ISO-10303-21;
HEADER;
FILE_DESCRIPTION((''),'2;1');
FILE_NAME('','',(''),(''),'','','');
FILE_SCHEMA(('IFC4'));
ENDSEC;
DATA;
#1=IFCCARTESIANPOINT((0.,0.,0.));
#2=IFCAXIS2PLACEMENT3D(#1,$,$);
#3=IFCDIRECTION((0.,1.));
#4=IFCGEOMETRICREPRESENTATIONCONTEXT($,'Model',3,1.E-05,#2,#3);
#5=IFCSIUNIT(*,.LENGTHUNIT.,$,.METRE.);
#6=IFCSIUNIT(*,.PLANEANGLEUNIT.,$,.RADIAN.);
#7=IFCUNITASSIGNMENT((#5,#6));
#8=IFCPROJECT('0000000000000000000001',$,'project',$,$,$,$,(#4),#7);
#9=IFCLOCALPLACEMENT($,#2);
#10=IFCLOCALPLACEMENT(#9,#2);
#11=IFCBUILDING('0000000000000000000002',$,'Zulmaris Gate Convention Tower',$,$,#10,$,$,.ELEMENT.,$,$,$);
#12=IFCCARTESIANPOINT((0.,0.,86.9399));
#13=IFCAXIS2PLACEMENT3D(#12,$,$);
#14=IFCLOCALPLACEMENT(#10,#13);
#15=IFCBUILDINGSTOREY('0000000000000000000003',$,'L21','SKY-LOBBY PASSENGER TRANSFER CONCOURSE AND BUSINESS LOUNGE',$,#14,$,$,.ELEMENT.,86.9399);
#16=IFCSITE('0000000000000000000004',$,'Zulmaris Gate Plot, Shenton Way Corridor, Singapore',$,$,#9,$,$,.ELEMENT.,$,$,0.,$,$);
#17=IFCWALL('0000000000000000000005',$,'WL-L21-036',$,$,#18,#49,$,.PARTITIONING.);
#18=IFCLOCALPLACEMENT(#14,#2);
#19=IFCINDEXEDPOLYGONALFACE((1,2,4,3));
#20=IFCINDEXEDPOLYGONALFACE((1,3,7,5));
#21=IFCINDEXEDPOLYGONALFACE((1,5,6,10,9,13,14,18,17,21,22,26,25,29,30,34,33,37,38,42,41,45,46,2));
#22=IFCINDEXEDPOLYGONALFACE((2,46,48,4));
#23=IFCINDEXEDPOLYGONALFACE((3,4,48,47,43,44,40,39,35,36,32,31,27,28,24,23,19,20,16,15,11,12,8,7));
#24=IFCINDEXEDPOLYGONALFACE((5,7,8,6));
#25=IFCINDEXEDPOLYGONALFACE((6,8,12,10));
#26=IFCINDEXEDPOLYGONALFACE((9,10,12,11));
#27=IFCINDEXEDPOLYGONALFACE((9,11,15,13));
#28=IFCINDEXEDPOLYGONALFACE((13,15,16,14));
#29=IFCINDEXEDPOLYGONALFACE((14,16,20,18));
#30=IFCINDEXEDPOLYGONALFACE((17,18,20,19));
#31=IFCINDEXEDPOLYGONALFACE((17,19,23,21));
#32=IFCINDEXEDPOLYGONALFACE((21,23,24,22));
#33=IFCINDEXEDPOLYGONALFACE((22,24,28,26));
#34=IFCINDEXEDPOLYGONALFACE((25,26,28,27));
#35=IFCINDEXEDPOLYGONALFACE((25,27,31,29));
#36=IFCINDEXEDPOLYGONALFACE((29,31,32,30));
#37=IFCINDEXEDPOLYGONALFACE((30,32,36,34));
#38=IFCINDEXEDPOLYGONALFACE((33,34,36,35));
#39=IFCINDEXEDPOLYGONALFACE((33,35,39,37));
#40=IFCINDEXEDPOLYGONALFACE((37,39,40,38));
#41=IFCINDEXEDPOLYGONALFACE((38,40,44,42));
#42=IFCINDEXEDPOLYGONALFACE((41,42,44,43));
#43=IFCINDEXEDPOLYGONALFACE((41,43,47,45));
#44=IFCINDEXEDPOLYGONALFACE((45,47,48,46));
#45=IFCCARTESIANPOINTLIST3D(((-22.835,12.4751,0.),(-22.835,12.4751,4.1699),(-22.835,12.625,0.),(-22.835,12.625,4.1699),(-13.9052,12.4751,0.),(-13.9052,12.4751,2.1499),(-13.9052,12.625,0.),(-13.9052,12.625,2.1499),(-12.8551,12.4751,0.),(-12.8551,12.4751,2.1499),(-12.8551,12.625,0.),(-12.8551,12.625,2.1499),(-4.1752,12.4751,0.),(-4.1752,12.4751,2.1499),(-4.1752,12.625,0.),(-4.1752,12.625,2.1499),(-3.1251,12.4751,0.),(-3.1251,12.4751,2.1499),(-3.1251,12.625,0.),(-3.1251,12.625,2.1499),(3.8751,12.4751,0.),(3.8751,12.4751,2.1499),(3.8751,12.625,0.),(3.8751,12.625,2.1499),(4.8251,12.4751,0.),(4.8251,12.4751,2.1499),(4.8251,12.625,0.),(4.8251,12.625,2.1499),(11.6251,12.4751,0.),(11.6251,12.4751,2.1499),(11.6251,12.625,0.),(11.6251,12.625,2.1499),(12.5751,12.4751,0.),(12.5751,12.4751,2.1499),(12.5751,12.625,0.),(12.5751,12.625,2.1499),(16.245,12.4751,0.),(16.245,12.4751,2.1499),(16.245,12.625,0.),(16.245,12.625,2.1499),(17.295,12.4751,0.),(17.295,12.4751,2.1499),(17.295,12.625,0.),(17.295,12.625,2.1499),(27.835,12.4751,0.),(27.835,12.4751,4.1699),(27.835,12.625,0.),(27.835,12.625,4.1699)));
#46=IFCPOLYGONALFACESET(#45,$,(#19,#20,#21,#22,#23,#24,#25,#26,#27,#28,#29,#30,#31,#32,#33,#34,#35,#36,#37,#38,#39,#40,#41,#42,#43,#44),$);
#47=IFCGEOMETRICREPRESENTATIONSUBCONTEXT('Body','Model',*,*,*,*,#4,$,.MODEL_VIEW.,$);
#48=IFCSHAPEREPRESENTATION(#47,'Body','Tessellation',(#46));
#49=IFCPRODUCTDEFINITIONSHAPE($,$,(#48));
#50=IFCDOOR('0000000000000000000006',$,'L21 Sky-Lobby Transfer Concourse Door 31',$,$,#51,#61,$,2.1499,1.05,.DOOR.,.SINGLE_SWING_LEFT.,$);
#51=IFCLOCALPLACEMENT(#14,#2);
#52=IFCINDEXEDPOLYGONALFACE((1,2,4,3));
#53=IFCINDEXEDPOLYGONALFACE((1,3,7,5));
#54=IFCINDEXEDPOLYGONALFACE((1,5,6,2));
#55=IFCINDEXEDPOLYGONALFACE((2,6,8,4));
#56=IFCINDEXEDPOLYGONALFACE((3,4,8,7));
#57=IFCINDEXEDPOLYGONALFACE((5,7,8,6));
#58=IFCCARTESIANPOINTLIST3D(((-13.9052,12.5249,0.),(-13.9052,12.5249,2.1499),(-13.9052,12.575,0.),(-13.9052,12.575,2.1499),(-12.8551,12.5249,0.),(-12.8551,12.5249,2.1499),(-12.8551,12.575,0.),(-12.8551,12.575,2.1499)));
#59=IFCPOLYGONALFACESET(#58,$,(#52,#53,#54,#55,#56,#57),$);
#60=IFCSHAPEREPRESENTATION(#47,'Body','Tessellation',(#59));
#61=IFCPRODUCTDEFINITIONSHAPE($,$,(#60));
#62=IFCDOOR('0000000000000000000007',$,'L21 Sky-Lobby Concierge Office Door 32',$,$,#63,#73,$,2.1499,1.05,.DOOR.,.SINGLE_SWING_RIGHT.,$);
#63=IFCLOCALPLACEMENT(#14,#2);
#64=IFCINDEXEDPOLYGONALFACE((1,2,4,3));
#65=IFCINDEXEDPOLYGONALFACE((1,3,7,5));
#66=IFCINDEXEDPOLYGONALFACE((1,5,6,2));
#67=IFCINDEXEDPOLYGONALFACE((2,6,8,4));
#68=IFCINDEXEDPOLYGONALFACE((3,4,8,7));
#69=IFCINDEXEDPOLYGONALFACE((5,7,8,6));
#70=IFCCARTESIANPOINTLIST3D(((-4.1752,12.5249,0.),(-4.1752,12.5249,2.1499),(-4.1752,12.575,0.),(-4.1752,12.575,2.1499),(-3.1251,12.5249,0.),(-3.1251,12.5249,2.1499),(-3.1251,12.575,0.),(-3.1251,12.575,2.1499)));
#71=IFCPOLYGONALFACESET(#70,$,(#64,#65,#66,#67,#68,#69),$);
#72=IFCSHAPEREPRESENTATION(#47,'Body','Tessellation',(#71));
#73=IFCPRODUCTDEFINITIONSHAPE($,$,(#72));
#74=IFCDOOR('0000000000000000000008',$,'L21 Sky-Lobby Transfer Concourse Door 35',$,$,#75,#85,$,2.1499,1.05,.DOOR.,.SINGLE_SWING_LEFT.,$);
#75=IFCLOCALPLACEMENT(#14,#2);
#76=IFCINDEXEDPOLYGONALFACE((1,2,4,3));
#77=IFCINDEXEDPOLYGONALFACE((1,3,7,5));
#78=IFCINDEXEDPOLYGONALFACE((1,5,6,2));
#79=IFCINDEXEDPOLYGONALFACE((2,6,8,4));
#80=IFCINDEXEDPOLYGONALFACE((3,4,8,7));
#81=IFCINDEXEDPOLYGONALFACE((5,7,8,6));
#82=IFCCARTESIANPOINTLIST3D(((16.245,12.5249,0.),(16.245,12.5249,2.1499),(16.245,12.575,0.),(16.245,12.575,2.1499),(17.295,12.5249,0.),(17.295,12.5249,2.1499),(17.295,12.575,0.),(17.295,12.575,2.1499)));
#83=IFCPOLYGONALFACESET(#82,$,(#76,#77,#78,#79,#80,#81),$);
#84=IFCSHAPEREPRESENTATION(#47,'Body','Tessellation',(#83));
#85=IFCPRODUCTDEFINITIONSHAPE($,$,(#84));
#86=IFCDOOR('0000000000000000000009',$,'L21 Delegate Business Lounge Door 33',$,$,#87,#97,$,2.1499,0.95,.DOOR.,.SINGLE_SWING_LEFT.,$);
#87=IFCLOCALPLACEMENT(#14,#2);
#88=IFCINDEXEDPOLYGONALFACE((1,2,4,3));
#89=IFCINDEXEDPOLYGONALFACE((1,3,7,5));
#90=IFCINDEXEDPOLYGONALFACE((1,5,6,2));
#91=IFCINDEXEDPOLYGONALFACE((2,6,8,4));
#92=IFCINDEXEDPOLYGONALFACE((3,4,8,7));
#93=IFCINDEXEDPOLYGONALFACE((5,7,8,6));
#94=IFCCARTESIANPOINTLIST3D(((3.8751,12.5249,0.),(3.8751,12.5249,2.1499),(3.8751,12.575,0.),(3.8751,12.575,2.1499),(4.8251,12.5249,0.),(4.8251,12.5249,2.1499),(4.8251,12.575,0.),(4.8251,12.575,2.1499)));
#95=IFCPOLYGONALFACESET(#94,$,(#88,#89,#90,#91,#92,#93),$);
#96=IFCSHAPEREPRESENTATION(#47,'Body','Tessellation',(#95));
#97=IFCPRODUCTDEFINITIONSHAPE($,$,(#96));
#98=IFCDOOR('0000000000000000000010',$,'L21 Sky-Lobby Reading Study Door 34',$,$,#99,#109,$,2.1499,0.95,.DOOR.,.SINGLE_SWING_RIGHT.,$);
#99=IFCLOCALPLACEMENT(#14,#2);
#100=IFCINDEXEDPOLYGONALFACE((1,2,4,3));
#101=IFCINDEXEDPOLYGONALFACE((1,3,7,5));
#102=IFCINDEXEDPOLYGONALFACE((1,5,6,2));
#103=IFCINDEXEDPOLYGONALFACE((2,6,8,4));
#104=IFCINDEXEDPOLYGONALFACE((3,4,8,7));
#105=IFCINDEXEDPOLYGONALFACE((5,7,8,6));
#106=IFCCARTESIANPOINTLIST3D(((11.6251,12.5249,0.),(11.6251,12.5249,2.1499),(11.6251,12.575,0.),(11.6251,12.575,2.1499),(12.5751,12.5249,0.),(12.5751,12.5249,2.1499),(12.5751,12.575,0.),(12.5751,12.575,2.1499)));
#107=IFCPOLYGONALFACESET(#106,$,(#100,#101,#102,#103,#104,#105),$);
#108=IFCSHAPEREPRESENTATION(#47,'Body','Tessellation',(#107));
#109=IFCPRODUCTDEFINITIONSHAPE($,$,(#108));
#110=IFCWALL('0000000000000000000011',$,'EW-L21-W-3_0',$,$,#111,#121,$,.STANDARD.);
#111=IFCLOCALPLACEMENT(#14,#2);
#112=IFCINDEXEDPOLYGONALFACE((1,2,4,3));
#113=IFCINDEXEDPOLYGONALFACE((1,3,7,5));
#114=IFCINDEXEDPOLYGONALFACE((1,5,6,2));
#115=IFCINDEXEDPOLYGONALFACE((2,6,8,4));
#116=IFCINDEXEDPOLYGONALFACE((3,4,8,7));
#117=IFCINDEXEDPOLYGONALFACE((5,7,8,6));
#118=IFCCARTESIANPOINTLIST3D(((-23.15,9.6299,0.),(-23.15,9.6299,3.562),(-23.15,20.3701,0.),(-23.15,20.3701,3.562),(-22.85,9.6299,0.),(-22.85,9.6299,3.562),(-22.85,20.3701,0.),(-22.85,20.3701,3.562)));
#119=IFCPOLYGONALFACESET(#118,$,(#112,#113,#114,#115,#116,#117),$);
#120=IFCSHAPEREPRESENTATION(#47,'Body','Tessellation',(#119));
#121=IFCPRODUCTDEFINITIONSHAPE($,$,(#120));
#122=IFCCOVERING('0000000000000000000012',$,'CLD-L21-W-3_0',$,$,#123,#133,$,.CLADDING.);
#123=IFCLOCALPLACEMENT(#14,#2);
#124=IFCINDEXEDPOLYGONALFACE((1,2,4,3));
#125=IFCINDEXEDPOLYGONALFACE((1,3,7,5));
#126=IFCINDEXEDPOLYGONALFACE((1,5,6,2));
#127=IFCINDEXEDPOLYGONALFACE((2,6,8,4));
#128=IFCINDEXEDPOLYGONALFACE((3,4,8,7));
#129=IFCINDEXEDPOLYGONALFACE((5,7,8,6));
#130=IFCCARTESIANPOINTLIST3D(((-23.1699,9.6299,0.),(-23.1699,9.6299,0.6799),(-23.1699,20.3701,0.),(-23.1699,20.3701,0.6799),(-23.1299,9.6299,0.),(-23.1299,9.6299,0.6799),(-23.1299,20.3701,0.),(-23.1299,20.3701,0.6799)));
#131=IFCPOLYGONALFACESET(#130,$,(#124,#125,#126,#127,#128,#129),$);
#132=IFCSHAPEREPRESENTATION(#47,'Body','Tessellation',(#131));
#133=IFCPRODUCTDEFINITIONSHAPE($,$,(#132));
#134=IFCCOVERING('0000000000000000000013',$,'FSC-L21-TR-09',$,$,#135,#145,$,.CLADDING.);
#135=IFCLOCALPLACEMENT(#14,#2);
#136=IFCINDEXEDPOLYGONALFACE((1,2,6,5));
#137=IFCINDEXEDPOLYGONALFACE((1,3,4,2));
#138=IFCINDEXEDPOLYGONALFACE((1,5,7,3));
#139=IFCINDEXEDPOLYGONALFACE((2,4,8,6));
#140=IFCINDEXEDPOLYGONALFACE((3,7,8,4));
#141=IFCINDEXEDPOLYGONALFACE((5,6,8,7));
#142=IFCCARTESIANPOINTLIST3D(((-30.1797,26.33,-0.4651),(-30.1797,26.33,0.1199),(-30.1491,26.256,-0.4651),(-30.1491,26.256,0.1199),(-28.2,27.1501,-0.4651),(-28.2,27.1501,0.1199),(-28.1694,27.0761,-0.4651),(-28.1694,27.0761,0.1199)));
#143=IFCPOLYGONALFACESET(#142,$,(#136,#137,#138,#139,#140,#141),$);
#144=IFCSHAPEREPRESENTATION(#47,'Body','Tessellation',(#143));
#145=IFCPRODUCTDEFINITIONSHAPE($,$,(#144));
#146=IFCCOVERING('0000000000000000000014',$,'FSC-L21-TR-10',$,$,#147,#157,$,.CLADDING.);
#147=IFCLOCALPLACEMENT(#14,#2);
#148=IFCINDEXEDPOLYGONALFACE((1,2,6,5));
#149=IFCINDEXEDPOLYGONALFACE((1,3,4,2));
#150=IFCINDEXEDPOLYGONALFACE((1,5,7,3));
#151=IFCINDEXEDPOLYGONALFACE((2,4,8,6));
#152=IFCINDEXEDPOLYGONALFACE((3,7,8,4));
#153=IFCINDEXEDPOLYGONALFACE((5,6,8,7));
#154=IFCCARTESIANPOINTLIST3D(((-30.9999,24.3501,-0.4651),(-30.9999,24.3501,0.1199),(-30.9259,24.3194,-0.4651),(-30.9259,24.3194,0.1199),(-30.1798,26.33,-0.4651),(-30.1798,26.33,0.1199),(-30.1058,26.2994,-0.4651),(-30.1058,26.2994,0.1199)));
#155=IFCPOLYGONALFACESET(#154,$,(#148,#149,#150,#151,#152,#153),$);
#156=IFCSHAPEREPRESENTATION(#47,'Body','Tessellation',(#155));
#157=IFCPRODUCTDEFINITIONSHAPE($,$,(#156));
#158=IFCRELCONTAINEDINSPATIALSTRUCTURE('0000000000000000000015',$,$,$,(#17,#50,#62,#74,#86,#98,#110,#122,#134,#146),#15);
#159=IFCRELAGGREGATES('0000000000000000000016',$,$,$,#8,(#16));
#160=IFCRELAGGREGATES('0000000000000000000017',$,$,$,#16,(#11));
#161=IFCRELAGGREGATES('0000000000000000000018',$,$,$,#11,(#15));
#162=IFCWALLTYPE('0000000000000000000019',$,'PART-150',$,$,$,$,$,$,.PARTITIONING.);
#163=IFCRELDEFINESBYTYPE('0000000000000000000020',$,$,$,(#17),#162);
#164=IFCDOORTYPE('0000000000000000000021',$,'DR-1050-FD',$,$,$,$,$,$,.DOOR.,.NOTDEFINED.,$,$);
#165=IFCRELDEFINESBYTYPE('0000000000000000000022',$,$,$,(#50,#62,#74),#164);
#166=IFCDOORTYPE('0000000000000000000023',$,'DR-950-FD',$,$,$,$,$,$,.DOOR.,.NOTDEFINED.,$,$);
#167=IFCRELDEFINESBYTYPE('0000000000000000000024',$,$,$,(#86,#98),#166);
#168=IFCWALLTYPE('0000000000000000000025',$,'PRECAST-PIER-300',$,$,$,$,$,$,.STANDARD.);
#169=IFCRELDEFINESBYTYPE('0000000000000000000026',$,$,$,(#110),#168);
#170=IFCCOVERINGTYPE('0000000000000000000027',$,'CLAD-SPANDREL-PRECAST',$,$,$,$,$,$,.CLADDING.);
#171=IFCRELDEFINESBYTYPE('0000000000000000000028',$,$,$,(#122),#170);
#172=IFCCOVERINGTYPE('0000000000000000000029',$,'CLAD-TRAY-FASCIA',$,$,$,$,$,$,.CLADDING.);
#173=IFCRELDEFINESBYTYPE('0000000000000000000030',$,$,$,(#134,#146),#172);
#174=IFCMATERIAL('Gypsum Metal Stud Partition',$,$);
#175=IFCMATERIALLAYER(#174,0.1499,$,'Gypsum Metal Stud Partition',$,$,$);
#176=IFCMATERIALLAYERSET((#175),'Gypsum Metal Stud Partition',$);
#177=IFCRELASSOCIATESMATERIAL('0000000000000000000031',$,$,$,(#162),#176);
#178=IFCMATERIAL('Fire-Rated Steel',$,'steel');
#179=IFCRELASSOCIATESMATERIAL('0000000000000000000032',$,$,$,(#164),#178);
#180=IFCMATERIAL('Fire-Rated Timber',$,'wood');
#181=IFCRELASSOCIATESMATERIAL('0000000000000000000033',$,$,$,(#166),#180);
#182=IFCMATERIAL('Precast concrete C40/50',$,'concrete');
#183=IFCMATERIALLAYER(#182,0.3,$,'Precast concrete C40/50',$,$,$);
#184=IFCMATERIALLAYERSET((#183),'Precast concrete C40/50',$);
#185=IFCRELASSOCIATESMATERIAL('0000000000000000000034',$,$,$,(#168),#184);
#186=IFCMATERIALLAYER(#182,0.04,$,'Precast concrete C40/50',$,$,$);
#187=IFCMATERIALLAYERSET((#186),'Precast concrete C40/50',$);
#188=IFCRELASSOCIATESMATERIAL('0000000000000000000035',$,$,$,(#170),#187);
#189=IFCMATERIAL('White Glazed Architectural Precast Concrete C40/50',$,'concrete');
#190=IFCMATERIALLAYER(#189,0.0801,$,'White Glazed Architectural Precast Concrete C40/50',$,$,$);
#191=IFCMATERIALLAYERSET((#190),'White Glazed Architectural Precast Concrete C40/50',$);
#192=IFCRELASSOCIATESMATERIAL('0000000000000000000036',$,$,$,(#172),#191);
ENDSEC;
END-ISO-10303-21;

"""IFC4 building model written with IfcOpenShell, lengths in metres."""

from ifc_helpers import new_model, si_unit, direction, frame, frame_2d, origin, place, context, subcontext, project, spatial, rectangle, extrude, material, layer, layer_set, type_object, element, fill, save


model = new_model("IFC4")

# Units and contexts
model_context = context("Model", 3, precision=1e-05, world=origin(), true_north=direction((0.0, 1.0)))
body_context = subcontext(model_context, "Body", "Model", "MODEL_VIEW")
ifc_project = project(units=[si_unit("LENGTHUNIT", "METRE"), si_unit("PLANEANGLEUNIT", "RADIAN")], contexts=[model_context])

# Site, building, storey
site_placement = place(None, origin())
site = spatial("IfcSite", under=ifc_project, at=site_placement, Name="Zulmaris Gate Plot, Shenton Way Corridor, Singapore", CompositionType="ELEMENT", RefElevation=0.0)
building_placement = place(site_placement, origin())
building = spatial("IfcBuilding", under=site, at=building_placement, Name="Zulmaris Gate Convention Tower", CompositionType="ELEMENT")
storey_placement = place(building_placement, frame((0.0, 0.0, 86.9399)))
storey = spatial("IfcBuildingStorey", under=building, at=storey_placement, Name="L21", Description="SKY-LOBBY PASSENGER TRANSFER CONCOURSE AND BUSINESS LOUNGE", CompositionType="ELEMENT", Elevation=86.9399)

# Shared definitions
ifc_material_1 = material(Name="Gypsum Metal Stud Partition")
ifc_layer_1 = layer(ifc_material_1, 0.1499, Name="Gypsum Metal Stud Partition")
ifc_layer_set_1 = layer_set([ifc_layer_1], Name="Gypsum Metal Stud Partition")
wall_type_1 = type_object("IfcWallType", Name="PART-150", PredefinedType="PARTITIONING", material=ifc_layer_set_1)
ifc_material_2 = material(Name="Fire-Rated Timber", Category="wood")

# Wall, openings, doors
wall_1_placement = place(storey_placement, frame((-22.835, 12.55, 0.0), z_axis=(0.0, 0.0, 1.0), x_axis=(1.0, 0.0, 0.0)))
wall_1 = element("IfcWall", 1, at=wall_1_placement, inside=storey, type_object=wall_type_1, Name="WL-L21-036", PredefinedType="PARTITIONING", context=body_context, shape_type="SweptSolid", body=[
    extrude(rectangle(XDim=50.6699, YDim=0.1499, at=frame_2d((25.335, 0.0))), origin(), (0.0, 0.0, 1.0), 4.1699),
])
opening_1_placement = place(wall_1_placement, frame((8.9299, 0.0, 0.0)))
opening_1 = element("IfcOpeningElement", 2, at=opening_1_placement, cuts=wall_1, PredefinedType="OPENING", context=body_context, shape_type="SweptSolid", body=[
    extrude(rectangle(XDim=1.05, YDim=2.1499, at=frame_2d((0.5249, 1.075))), frame((0.0, 0.085, 0.0), z_axis=(0.0, -1.0, 0.0), x_axis=(1.0, 0.0, 0.0)), (0.0, 0.0, 1.0), 0.1699),
])
opening_2_placement = place(wall_1_placement, frame((18.6599, 0.0, 0.0)))
opening_2 = element("IfcOpeningElement", 3, at=opening_2_placement, cuts=wall_1, PredefinedType="OPENING", context=body_context, shape_type="SweptSolid", body=[
    extrude(rectangle(XDim=1.05, YDim=2.1499, at=frame_2d((0.5249, 1.075))), frame((0.0, 0.085, 0.0), z_axis=(0.0, -1.0, 0.0), x_axis=(1.0, 0.0, 0.0)), (0.0, 0.0, 1.0), 0.1699),
])
opening_3_placement = place(wall_1_placement, frame((26.71, 0.0, 0.0)))
opening_3 = element("IfcOpeningElement", 4, at=opening_3_placement, cuts=wall_1, PredefinedType="OPENING", context=body_context, shape_type="SweptSolid", body=[
    extrude(rectangle(XDim=0.95, YDim=2.1499, at=frame_2d((0.4751, 1.075))), frame((0.0, 0.085, 0.0), z_axis=(0.0, -1.0, 0.0), x_axis=(1.0, 0.0, 0.0)), (0.0, 0.0, 1.0), 0.1699),
])
opening_4_placement = place(wall_1_placement, frame((34.46, 0.0, 0.0)))
opening_4 = element("IfcOpeningElement", 5, at=opening_4_placement, cuts=wall_1, PredefinedType="OPENING", context=body_context, shape_type="SweptSolid", body=[
    extrude(rectangle(XDim=0.95, YDim=2.1499, at=frame_2d((0.4751, 1.075))), frame((0.0, 0.085, 0.0), z_axis=(0.0, -1.0, 0.0), x_axis=(1.0, 0.0, 0.0)), (0.0, 0.0, 1.0), 0.1699),
])
opening_5_placement = place(wall_1_placement, frame((39.0801, 0.0, 0.0)))
opening_5 = element("IfcOpeningElement", 6, at=opening_5_placement, cuts=wall_1, PredefinedType="OPENING", context=body_context, shape_type="SweptSolid", body=[
    extrude(rectangle(XDim=1.05, YDim=2.1499, at=frame_2d((0.5249, 1.075))), frame((0.0, 0.085, 0.0), z_axis=(0.0, -1.0, 0.0), x_axis=(1.0, 0.0, 0.0)), (0.0, 0.0, 1.0), 0.1699),
])
ifc_material_3 = material(Name="Fire-Rated Steel", Category="steel")
door_type_1 = type_object("IfcDoorType", Name="DR-1050-FD", OperationType="NOTDEFINED", PredefinedType="DOOR", material=ifc_material_3)
door_1_placement = place(opening_1_placement, origin())
door_1 = element("IfcDoor", 7, at=door_1_placement, inside=storey, type_object=door_type_1, Name="L21 Sky-Lobby Transfer Concourse Door 31", OperationType="SINGLE_SWING_LEFT", OverallHeight=2.1499, OverallWidth=1.05, PredefinedType="DOOR", context=body_context, shape_type="SweptSolid", body=[
    extrude(rectangle(XDim=1.05, YDim=2.1499, at=frame_2d((0.5249, 1.075))), frame((0.0, 0.0249, 0.0), z_axis=(0.0, -1.0, 0.0), x_axis=(1.0, 0.0, 0.0)), (0.0, 0.0, 1.0), 0.05),
])
fill(opening_1, door_1)
door_2_placement = place(opening_2_placement, origin())
door_2 = element("IfcDoor", 8, at=door_2_placement, inside=storey, type_object=door_type_1, Name="L21 Sky-Lobby Concierge Office Door 32", OperationType="SINGLE_SWING_RIGHT", OverallHeight=2.1499, OverallWidth=1.05, PredefinedType="DOOR", context=body_context, shape_type="SweptSolid", body=[
    extrude(rectangle(XDim=1.05, YDim=2.1499, at=frame_2d((0.5249, 1.075))), frame((0.0, 0.0249, 0.0), z_axis=(0.0, -1.0, 0.0), x_axis=(1.0, 0.0, 0.0)), (0.0, 0.0, 1.0), 0.05),
])
fill(opening_2, door_2)
door_3_placement = place(opening_5_placement, origin())
door_3 = element("IfcDoor", 9, at=door_3_placement, inside=storey, type_object=door_type_1, Name="L21 Sky-Lobby Transfer Concourse Door 35", OperationType="SINGLE_SWING_LEFT", OverallHeight=2.1499, OverallWidth=1.05, PredefinedType="DOOR", context=body_context, shape_type="SweptSolid", body=[
    extrude(rectangle(XDim=1.05, YDim=2.1499, at=frame_2d((0.5249, 1.075))), frame((0.0, 0.0249, 0.0), z_axis=(0.0, -1.0, 0.0), x_axis=(1.0, 0.0, 0.0)), (0.0, 0.0, 1.0), 0.05),
])
fill(opening_5, door_3)
door_type_2 = type_object("IfcDoorType", Name="DR-950-FD", OperationType="NOTDEFINED", PredefinedType="DOOR", material=ifc_material_2)
door_4_placement = place(opening_3_placement, origin())
door_4 = element("IfcDoor", 10, at=door_4_placement, inside=storey, type_object=door_type_2, Name="L21 Delegate Business Lounge Door 33", OperationType="SINGLE_SWING_LEFT", OverallHeight=2.1499, OverallWidth=0.95, PredefinedType="DOOR", context=body_context, shape_type="SweptSolid", body=[
    extrude(rectangle(XDim=0.95, YDim=2.1499, at=frame_2d((0.4751, 1.075))), frame((0.0, 0.0249, 0.0), z_axis=(0.0, -1.0, 0.0), x_axis=(1.0, 0.0, 0.0)), (0.0, 0.0, 1.0), 0.05),
])
fill(opening_3, door_4)
door_5_placement = place(opening_4_placement, origin())
door_5 = element("IfcDoor", 11, at=door_5_placement, inside=storey, type_object=door_type_2, Name="L21 Sky-Lobby Reading Study Door 34", OperationType="SINGLE_SWING_RIGHT", OverallHeight=2.1499, OverallWidth=0.95, PredefinedType="DOOR", context=body_context, shape_type="SweptSolid", body=[
    extrude(rectangle(XDim=0.95, YDim=2.1499, at=frame_2d((0.4751, 1.075))), frame((0.0, 0.0249, 0.0), z_axis=(0.0, -1.0, 0.0), x_axis=(1.0, 0.0, 0.0)), (0.0, 0.0, 1.0), 0.05),
])
fill(opening_4, door_5)

# Wall
ifc_material_4 = material(Name="Precast concrete C40/50", Category="concrete")
ifc_layer_2 = layer(ifc_material_4, 0.3, Name="Precast concrete C40/50")
ifc_layer_set_2 = layer_set([ifc_layer_2], Name="Precast concrete C40/50")
wall_type_2 = type_object("IfcWallType", Name="PRECAST-PIER-300", PredefinedType="STANDARD", material=ifc_layer_set_2)
wall_2_placement = place(storey_placement, frame((-23.0, 20.3701, 0.0), z_axis=(0.0, 0.0, 1.0), x_axis=(0.0, -1.0, 0.0)))
element("IfcWall", 12, at=wall_2_placement, inside=storey, type_object=wall_type_2, Name="EW-L21-W-3_0", PredefinedType="STANDARD", context=body_context, shape_type="SweptSolid", body=[
    extrude(rectangle(XDim=10.7402, YDim=0.3, at=frame_2d((5.3701, 0.0))), origin(), (0.0, 0.0, 1.0), 3.562),
])

# Coverings
ifc_layer_3 = layer(ifc_material_4, 0.04, Name="Precast concrete C40/50")
ifc_layer_set_3 = layer_set([ifc_layer_3], Name="Precast concrete C40/50")
covering_type_1 = type_object("IfcCoveringType", Name="CLAD-SPANDREL-PRECAST", PredefinedType="CLADDING", material=ifc_layer_set_3)
covering_1_placement = place(storey_placement, frame((-23.1499, 20.3701, 0.0), z_axis=(0.0, 0.0, 1.0), x_axis=(0.0, -1.0, 0.0)))
element("IfcCovering", 13, at=covering_1_placement, inside=storey, type_object=covering_type_1, Name="CLD-L21-W-3_0", PredefinedType="CLADDING", context=body_context, shape_type="SweptSolid", body=[
    extrude(rectangle(XDim=10.7402, YDim=0.04, at=frame_2d((5.3701, 0.0))), origin(), (0.0, 0.0, 1.0), 0.6799),
])
ifc_material_5 = material(Name="White Glazed Architectural Precast Concrete C40/50", Category="concrete")
ifc_layer_4 = layer(ifc_material_5, 0.0801, Name="White Glazed Architectural Precast Concrete C40/50")
ifc_layer_set_4 = layer_set([ifc_layer_4], Name="White Glazed Architectural Precast Concrete C40/50")
covering_type_2 = type_object("IfcCoveringType", Name="CLAD-TRAY-FASCIA", PredefinedType="CLADDING", material=ifc_layer_set_4)
covering_2_placement = place(storey_placement, frame((-28.1848, 27.113, -0.4651), z_axis=(0.0, 0.0, 1.0), x_axis=(-0.923874, -0.382697, 0.0)))
element("IfcCovering", 14, at=covering_2_placement, inside=storey, type_object=covering_type_2, Name="FSC-L21-TR-09", PredefinedType="CLADDING", context=body_context, shape_type="SweptSolid", body=[
    extrude(rectangle(XDim=2.1428, YDim=0.0801, at=frame_2d((1.0713, 0.0))), origin(), (0.0, 0.0, 1.0), 0.585),
])
covering_3_placement = place(storey_placement, frame((-30.1428, 26.3147, -0.4651), z_axis=(0.0, 0.0, 1.0), x_axis=(-0.382657, -0.92389, 0.0)))
element("IfcCovering", 15, at=covering_3_placement, inside=storey, type_object=covering_type_2, Name="FSC-L21-TR-10", PredefinedType="CLADDING", context=body_context, shape_type="SweptSolid", body=[
    extrude(rectangle(XDim=2.1431, YDim=0.0801, at=frame_2d((1.0715, 0.0))), origin(), (0.0, 0.0, 1.0), 0.585),
])

save(model, "model.ifc")
